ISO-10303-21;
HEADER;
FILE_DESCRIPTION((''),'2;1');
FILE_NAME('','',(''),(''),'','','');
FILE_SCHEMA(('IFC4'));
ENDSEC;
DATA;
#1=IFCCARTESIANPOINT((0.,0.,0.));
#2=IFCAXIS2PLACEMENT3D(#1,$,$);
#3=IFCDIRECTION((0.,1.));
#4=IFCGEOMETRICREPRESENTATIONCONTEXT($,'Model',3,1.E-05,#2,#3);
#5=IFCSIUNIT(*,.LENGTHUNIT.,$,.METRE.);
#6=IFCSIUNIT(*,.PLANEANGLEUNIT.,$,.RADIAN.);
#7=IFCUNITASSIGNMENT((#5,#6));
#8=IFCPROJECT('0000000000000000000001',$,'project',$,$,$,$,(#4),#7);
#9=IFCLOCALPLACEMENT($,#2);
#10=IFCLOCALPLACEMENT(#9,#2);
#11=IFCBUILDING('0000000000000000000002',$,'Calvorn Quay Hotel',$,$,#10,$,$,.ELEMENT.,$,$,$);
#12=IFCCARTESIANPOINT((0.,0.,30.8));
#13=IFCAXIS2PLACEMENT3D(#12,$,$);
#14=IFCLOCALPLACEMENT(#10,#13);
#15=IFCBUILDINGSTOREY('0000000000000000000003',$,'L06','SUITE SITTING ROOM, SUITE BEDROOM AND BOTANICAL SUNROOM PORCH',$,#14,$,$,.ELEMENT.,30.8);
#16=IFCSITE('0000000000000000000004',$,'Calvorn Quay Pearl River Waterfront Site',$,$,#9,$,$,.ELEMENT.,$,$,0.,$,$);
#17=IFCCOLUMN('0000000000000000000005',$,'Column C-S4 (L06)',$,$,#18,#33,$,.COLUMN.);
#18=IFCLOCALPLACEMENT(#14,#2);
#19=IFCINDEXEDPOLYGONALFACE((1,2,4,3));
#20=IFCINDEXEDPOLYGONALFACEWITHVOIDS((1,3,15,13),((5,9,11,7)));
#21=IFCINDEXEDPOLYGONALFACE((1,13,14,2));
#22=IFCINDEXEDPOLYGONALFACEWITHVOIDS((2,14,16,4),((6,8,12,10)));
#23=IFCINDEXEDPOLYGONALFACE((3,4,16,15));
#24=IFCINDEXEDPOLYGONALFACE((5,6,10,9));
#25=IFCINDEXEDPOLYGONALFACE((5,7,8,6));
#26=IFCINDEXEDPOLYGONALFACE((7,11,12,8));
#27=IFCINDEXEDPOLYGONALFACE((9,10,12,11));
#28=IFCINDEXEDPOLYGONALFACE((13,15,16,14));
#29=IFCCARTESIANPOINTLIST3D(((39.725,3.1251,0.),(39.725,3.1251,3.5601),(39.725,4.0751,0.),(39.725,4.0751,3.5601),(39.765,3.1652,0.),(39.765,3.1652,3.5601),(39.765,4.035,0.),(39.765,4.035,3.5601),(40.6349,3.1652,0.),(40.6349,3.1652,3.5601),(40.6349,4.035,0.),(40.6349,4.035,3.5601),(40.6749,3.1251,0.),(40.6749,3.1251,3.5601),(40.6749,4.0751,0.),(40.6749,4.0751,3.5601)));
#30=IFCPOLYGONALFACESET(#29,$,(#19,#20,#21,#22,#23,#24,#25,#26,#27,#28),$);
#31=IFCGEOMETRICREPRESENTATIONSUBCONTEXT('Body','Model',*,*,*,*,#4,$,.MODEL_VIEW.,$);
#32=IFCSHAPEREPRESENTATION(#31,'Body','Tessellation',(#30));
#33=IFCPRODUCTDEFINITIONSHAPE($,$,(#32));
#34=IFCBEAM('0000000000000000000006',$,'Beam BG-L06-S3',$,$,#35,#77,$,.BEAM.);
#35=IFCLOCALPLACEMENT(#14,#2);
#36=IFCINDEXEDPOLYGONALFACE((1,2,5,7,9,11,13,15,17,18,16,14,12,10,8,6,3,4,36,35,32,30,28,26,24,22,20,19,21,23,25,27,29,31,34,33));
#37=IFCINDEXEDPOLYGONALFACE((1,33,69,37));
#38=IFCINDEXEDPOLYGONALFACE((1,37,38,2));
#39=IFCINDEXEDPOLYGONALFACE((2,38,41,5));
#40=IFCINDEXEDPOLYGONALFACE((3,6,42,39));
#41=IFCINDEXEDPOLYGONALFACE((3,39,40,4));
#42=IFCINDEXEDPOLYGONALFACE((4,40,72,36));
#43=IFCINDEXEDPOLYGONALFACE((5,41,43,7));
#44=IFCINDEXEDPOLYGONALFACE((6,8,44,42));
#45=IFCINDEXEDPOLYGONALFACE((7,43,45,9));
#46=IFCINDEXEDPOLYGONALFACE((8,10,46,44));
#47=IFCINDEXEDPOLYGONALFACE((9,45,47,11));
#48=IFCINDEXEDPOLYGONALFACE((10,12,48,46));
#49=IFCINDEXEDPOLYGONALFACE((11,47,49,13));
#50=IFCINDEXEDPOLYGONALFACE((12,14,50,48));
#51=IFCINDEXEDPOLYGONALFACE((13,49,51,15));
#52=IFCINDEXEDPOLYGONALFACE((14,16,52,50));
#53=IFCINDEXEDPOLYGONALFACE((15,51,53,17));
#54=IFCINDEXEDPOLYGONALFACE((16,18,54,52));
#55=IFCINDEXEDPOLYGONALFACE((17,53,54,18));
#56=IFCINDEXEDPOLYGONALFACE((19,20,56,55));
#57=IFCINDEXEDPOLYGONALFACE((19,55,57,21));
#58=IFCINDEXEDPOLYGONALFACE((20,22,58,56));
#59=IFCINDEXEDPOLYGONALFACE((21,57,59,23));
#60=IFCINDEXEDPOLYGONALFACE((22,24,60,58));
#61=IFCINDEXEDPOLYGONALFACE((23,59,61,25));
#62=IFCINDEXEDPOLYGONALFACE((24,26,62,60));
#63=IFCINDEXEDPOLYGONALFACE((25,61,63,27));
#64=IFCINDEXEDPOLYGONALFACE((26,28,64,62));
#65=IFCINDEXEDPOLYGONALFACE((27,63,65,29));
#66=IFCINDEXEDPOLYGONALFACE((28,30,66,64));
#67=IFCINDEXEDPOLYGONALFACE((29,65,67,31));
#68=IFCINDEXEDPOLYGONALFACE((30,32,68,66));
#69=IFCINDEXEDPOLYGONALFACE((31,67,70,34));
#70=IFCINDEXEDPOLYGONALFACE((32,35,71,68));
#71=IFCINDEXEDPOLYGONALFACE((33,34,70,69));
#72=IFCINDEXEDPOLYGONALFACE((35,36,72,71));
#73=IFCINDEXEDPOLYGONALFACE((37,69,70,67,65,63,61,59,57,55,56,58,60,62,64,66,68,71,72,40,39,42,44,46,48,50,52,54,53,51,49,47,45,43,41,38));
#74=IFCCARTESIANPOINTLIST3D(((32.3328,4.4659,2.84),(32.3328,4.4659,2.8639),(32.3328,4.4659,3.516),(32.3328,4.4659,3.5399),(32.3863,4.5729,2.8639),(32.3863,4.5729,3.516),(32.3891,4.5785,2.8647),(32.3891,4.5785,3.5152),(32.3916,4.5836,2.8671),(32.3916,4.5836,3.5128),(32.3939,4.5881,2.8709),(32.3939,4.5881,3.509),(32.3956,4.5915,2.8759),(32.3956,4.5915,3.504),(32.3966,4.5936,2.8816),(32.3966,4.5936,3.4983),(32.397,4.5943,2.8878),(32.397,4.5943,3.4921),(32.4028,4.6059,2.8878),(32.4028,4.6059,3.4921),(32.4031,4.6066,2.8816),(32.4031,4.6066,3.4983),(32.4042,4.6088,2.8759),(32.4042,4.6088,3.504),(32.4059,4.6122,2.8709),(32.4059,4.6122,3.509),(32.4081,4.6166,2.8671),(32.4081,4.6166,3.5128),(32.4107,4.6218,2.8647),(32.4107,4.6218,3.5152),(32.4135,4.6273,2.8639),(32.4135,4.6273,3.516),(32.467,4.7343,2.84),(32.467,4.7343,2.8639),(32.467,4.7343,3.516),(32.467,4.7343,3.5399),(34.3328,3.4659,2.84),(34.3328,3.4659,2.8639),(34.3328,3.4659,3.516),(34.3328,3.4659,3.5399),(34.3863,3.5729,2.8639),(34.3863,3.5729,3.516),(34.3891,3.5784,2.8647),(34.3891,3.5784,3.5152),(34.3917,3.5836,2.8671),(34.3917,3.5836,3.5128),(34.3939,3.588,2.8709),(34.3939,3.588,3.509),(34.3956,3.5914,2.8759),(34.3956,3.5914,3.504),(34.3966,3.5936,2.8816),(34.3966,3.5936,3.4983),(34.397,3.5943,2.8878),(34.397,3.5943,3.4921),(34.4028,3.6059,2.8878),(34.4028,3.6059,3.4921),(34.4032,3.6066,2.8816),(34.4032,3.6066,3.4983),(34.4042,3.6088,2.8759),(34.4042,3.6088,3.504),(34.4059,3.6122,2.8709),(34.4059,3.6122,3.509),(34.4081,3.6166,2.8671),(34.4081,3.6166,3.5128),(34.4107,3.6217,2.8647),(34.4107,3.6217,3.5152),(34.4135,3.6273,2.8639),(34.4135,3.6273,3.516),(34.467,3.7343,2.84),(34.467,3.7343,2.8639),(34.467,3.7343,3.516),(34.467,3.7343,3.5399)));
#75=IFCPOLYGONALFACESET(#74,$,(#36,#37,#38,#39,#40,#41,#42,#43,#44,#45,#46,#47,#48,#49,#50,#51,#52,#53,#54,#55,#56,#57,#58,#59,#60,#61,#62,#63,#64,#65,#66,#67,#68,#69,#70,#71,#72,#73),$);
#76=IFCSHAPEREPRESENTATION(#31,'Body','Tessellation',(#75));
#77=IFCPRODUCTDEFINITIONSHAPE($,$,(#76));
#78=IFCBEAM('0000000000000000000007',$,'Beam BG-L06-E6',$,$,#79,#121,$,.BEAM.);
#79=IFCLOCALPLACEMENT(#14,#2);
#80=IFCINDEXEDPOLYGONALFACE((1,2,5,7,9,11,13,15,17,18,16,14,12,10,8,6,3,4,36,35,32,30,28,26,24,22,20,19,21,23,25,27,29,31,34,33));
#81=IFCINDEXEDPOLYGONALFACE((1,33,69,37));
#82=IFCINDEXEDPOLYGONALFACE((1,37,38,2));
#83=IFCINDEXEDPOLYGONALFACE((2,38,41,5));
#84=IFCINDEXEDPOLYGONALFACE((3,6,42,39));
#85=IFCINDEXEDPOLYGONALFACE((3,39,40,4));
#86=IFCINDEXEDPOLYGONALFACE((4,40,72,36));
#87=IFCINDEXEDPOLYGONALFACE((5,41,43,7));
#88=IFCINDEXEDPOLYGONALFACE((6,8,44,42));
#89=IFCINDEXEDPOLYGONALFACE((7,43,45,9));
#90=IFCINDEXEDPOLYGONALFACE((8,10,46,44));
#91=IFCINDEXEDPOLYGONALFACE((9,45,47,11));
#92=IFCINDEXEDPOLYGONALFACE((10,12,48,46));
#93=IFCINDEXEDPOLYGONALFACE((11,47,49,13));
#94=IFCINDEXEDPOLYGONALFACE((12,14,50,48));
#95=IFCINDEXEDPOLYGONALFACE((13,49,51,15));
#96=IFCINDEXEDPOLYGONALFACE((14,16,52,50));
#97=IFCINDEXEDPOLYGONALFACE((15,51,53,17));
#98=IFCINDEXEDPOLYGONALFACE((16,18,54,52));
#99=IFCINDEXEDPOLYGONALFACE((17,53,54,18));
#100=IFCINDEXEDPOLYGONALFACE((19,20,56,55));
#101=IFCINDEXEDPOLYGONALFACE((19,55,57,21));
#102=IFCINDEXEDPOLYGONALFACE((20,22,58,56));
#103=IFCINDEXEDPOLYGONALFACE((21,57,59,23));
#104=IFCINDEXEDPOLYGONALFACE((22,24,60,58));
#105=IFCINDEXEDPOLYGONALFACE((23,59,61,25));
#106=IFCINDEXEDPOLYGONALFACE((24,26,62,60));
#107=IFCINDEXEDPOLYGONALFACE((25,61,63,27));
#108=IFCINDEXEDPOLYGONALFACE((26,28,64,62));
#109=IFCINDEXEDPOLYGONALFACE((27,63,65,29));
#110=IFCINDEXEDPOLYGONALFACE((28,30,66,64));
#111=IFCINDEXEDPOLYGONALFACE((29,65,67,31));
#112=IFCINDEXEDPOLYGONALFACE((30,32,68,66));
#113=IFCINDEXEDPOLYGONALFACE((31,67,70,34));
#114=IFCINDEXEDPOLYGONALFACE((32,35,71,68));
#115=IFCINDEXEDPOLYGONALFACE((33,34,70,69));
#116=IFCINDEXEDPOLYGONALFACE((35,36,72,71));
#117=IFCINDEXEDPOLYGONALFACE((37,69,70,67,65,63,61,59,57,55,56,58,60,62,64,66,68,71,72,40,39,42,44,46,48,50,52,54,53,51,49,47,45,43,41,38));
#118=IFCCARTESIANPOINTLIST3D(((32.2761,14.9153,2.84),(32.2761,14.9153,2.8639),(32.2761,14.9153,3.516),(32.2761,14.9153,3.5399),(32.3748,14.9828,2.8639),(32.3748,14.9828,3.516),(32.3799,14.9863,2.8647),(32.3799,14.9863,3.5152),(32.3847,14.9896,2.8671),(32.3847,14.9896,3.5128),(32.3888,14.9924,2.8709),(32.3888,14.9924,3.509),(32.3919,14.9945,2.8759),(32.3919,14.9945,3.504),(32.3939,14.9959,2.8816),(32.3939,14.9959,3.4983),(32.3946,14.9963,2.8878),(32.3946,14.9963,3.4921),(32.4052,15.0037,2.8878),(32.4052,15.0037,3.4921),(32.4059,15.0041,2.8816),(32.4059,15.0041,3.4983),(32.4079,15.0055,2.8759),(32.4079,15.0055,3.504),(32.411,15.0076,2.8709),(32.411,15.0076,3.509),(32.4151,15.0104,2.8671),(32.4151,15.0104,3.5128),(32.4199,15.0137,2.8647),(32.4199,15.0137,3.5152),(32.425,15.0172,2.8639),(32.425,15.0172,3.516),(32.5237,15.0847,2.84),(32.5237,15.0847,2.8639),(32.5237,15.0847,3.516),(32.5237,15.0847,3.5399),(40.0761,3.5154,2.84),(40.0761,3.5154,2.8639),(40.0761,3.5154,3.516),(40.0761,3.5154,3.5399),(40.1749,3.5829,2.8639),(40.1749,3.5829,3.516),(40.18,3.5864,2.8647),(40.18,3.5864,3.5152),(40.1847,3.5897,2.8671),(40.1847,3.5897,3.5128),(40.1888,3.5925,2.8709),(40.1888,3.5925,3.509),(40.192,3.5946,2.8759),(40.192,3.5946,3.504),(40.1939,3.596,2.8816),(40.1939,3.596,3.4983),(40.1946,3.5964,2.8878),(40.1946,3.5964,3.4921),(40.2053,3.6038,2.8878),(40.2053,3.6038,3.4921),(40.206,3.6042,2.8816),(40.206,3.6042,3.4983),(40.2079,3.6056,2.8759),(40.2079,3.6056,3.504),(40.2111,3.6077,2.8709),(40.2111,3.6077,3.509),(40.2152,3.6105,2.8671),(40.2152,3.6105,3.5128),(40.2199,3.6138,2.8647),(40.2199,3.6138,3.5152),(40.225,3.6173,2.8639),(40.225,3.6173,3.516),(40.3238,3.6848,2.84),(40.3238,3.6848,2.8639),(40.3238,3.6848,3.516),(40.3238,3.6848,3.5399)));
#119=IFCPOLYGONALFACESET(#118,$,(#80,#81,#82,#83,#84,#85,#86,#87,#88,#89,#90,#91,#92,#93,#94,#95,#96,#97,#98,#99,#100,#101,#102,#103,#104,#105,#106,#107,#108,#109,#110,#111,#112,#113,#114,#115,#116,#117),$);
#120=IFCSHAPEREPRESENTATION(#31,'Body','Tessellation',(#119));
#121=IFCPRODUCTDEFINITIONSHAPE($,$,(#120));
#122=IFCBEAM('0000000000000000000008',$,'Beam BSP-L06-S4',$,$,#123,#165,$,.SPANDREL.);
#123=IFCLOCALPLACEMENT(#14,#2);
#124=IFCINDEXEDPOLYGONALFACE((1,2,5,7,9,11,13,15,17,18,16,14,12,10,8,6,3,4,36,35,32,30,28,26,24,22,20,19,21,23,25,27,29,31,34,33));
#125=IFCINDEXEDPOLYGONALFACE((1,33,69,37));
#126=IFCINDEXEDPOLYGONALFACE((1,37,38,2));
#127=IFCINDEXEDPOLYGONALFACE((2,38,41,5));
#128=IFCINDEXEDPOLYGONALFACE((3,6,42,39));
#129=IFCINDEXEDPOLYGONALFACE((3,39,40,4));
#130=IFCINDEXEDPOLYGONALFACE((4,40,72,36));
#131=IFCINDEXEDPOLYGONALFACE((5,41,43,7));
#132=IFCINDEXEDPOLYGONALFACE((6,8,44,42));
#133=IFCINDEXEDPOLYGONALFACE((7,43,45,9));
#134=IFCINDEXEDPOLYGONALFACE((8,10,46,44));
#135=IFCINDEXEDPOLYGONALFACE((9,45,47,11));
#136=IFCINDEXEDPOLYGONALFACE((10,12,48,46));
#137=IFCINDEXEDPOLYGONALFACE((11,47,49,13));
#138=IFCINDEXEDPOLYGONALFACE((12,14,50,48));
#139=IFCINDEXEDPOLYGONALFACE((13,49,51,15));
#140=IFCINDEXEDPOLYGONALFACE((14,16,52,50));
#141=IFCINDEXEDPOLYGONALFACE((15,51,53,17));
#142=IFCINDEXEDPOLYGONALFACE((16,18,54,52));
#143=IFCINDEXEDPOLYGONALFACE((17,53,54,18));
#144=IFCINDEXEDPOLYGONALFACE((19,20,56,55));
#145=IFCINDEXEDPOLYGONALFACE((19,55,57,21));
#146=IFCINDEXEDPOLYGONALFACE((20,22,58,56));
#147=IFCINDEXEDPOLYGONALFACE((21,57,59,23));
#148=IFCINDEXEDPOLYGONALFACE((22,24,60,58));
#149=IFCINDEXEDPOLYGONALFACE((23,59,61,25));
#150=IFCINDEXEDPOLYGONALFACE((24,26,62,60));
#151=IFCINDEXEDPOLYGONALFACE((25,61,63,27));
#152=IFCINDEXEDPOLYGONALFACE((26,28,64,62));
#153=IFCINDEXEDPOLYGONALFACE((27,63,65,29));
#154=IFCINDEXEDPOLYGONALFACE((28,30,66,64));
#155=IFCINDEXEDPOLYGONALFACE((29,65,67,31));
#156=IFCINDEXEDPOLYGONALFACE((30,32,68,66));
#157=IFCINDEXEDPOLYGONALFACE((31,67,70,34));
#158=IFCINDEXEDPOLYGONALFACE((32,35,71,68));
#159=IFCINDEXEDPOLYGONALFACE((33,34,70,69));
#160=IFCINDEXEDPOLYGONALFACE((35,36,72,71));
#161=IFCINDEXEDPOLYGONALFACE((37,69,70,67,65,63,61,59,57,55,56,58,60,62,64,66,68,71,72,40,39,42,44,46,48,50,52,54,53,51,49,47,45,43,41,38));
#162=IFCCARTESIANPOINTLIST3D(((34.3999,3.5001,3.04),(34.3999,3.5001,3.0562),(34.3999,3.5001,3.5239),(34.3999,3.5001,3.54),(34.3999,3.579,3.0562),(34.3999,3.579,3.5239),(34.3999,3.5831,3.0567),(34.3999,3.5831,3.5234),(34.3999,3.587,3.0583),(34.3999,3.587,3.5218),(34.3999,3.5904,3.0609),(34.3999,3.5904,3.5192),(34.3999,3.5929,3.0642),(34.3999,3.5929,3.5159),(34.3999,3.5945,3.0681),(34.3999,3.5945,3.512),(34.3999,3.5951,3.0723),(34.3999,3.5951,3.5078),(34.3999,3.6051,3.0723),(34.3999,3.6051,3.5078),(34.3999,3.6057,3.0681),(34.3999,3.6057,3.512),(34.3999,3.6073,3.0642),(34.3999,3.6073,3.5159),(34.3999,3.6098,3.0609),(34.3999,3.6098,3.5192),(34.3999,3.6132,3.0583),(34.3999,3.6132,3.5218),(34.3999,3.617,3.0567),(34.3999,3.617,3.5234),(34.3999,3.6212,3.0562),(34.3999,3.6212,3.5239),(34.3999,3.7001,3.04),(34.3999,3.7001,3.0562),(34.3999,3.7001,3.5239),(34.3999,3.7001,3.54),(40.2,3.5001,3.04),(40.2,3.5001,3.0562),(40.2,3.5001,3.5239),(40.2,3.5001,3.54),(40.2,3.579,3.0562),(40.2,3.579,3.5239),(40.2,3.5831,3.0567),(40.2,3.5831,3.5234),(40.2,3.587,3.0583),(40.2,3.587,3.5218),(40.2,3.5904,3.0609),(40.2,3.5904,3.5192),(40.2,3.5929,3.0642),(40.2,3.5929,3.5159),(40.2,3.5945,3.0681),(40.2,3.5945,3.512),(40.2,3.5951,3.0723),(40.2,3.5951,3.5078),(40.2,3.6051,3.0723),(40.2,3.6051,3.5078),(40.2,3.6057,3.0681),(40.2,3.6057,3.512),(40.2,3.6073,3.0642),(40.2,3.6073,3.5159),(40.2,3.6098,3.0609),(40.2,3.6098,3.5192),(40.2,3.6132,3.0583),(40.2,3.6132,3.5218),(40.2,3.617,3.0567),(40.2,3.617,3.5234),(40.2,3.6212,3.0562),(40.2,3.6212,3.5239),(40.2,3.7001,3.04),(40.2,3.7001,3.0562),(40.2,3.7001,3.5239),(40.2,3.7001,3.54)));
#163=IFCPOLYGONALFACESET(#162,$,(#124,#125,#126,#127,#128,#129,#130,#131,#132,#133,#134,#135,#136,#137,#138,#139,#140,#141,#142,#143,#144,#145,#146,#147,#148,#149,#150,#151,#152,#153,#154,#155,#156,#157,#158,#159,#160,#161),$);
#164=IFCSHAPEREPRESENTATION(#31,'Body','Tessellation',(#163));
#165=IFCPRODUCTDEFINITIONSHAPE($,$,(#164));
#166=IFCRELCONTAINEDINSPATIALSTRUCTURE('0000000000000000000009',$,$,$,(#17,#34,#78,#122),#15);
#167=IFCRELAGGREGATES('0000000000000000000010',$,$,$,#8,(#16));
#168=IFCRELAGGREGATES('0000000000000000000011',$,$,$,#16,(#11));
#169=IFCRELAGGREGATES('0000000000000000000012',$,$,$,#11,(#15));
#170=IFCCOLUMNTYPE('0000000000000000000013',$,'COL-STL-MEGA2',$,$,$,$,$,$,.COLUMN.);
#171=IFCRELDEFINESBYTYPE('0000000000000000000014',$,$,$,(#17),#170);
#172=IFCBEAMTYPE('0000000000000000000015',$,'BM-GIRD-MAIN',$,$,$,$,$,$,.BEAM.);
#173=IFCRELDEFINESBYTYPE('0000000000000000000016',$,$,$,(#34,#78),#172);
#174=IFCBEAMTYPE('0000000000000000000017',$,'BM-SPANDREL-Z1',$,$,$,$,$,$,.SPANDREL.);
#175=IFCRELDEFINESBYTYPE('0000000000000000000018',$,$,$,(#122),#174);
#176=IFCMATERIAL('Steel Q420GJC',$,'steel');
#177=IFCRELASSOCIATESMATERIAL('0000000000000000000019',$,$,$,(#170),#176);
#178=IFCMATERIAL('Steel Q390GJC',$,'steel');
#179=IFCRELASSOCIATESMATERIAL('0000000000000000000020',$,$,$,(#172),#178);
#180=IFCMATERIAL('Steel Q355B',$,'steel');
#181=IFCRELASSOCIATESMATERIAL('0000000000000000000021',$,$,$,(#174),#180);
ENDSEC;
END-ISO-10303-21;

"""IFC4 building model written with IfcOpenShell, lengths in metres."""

from ifc_helpers import new_model, si_unit, direction, frame, origin, origin_2d, place, context, subcontext, project, spatial, hollow_rectangle, i_section, extrude, material, material_profile, profile_set, type_object, element, save


model = new_model("IFC4")

# Units and contexts
model_context = context("Model", 3, precision=1e-05, world=origin(), true_north=direction((0.0, 1.0)))
body_context = subcontext(model_context, "Body", "Model", "MODEL_VIEW")
ifc_project = project(units=[si_unit("LENGTHUNIT", "METRE"), si_unit("PLANEANGLEUNIT", "RADIAN")], contexts=[model_context])

# Site, building, storey
site_placement = place(None, origin())
site = spatial("IfcSite", under=ifc_project, at=site_placement, Name="Calvorn Quay Pearl River Waterfront Site", CompositionType="ELEMENT", RefElevation=0.0)
building_placement = place(site_placement, origin())
building = spatial("IfcBuilding", under=site, at=building_placement, Name="Calvorn Quay Hotel", CompositionType="ELEMENT")
storey_placement = place(building_placement, frame((0.0, 0.0, 30.8)))
storey = spatial("IfcBuildingStorey", under=building, at=storey_placement, Name="L06", Description="SUITE SITTING ROOM, SUITE BEDROOM AND BOTANICAL SUNROOM PORCH", CompositionType="ELEMENT", Elevation=30.8)

# Column
ifc_material_1 = material(Name="Steel Q420GJC", Category="steel")
ifc_material_profile_1 = material_profile(ifc_material_1, hollow_rectangle(XDim=0.95, YDim=0.95, WallThickness=0.04, at=origin_2d()), Name="BOX950x950x40")
ifc_profile_set_1 = profile_set([ifc_material_profile_1], Name="Steel Q420GJC")
column_type = type_object("IfcColumnType", Name="COL-STL-MEGA2", PredefinedType="COLUMN", material=ifc_profile_set_1)
column_placement = place(storey_placement, frame((40.2, 3.6001, 0.0), z_axis=(0.0, 0.0, 1.0), x_axis=(1.0, 0.0, 0.0)))
element("IfcColumn", 1, at=column_placement, inside=storey, type_object=column_type, Name="Column C-S4 (L06)", PredefinedType="COLUMN", context=body_context, shape_type="SweptSolid", body=[
    extrude(hollow_rectangle(XDim=0.95, YDim=0.95, WallThickness=0.04, at=origin_2d()), origin(), (0.0, 0.0, 1.0), 3.5601),
])

# Beams
ifc_material_2 = material(Name="Steel Q390GJC", Category="steel")
ifc_material_profile_2 = material_profile(ifc_material_2, i_section(OverallWidth=0.3, OverallDepth=0.7, WebThickness=0.0129, FlangeThickness=0.0239, FilletRadius=0.0239, at=origin_2d()), Name="HN700x300x13x24")
ifc_profile_set_2 = profile_set([ifc_material_profile_2], Name="Steel Q390GJC")
beam_type_1 = type_object("IfcBeamType", Name="BM-GIRD-MAIN", PredefinedType="BEAM", material=ifc_profile_set_2)
beam_1_placement = place(storey_placement, frame((34.3999, 3.6001, 3.1899), z_axis=(-0.894427, 0.447214, 0.0), x_axis=(-0.447214, -0.894427, 0.0)))
element("IfcBeam", 2, at=beam_1_placement, inside=storey, type_object=beam_type_1, Name="Beam BG-L06-S3", PredefinedType="BEAM", context=body_context, shape_type="SweptSolid", body=[
    extrude(i_section(OverallWidth=0.3, OverallDepth=0.7, WebThickness=0.0129, FlangeThickness=0.0239, FilletRadius=0.0239, at=origin_2d()), origin(), (0.0, 0.0, 1.0), 2.2361),
])
beam_2_placement = place(storey_placement, frame((40.2, 3.6001, 3.1899), z_axis=(-0.56469, 0.825303, 0.0), x_axis=(-0.825303, -0.56469, 0.0)))
element("IfcBeam", 3, at=beam_2_placement, inside=storey, type_object=beam_type_1, Name="Beam BG-L06-E6", PredefinedType="BEAM", context=body_context, shape_type="SweptSolid", body=[
    extrude(i_section(OverallWidth=0.3, OverallDepth=0.7, WebThickness=0.0129, FlangeThickness=0.0239, FilletRadius=0.0239, at=origin_2d()), origin(), (0.0, 0.0, 1.0), 13.813),
])
ifc_material_3 = material(Name="Steel Q355B", Category="steel")
ifc_material_profile_3 = material_profile(ifc_material_3, i_section(OverallWidth=0.2, OverallDepth=0.5, WebThickness=0.01, FlangeThickness=0.0161, FilletRadius=0.0161, at=origin_2d()), Name="HN500x200x10x16")
ifc_profile_set_3 = profile_set([ifc_material_profile_3], Name="Steel Q355B")
beam_type_2 = type_object("IfcBeamType", Name="BM-SPANDREL-Z1", PredefinedType="SPANDREL", material=ifc_profile_set_3)
beam_3_placement = place(storey_placement, frame((34.3999, 3.6001, 3.29), z_axis=(1.0, 0.0, 0.0), x_axis=(0.0, 1.0, 0.0)))
element("IfcBeam", 4, at=beam_3_placement, inside=storey, type_object=beam_type_2, Name="Beam BSP-L06-S4", PredefinedType="SPANDREL", context=body_context, shape_type="SweptSolid", body=[
    extrude(i_section(OverallWidth=0.2, OverallDepth=0.5, WebThickness=0.01, FlangeThickness=0.0161, FilletRadius=0.0161, at=origin_2d()), origin(), (0.0, 0.0, 1.0), 5.8),
])

save(model, "model.ifc")
